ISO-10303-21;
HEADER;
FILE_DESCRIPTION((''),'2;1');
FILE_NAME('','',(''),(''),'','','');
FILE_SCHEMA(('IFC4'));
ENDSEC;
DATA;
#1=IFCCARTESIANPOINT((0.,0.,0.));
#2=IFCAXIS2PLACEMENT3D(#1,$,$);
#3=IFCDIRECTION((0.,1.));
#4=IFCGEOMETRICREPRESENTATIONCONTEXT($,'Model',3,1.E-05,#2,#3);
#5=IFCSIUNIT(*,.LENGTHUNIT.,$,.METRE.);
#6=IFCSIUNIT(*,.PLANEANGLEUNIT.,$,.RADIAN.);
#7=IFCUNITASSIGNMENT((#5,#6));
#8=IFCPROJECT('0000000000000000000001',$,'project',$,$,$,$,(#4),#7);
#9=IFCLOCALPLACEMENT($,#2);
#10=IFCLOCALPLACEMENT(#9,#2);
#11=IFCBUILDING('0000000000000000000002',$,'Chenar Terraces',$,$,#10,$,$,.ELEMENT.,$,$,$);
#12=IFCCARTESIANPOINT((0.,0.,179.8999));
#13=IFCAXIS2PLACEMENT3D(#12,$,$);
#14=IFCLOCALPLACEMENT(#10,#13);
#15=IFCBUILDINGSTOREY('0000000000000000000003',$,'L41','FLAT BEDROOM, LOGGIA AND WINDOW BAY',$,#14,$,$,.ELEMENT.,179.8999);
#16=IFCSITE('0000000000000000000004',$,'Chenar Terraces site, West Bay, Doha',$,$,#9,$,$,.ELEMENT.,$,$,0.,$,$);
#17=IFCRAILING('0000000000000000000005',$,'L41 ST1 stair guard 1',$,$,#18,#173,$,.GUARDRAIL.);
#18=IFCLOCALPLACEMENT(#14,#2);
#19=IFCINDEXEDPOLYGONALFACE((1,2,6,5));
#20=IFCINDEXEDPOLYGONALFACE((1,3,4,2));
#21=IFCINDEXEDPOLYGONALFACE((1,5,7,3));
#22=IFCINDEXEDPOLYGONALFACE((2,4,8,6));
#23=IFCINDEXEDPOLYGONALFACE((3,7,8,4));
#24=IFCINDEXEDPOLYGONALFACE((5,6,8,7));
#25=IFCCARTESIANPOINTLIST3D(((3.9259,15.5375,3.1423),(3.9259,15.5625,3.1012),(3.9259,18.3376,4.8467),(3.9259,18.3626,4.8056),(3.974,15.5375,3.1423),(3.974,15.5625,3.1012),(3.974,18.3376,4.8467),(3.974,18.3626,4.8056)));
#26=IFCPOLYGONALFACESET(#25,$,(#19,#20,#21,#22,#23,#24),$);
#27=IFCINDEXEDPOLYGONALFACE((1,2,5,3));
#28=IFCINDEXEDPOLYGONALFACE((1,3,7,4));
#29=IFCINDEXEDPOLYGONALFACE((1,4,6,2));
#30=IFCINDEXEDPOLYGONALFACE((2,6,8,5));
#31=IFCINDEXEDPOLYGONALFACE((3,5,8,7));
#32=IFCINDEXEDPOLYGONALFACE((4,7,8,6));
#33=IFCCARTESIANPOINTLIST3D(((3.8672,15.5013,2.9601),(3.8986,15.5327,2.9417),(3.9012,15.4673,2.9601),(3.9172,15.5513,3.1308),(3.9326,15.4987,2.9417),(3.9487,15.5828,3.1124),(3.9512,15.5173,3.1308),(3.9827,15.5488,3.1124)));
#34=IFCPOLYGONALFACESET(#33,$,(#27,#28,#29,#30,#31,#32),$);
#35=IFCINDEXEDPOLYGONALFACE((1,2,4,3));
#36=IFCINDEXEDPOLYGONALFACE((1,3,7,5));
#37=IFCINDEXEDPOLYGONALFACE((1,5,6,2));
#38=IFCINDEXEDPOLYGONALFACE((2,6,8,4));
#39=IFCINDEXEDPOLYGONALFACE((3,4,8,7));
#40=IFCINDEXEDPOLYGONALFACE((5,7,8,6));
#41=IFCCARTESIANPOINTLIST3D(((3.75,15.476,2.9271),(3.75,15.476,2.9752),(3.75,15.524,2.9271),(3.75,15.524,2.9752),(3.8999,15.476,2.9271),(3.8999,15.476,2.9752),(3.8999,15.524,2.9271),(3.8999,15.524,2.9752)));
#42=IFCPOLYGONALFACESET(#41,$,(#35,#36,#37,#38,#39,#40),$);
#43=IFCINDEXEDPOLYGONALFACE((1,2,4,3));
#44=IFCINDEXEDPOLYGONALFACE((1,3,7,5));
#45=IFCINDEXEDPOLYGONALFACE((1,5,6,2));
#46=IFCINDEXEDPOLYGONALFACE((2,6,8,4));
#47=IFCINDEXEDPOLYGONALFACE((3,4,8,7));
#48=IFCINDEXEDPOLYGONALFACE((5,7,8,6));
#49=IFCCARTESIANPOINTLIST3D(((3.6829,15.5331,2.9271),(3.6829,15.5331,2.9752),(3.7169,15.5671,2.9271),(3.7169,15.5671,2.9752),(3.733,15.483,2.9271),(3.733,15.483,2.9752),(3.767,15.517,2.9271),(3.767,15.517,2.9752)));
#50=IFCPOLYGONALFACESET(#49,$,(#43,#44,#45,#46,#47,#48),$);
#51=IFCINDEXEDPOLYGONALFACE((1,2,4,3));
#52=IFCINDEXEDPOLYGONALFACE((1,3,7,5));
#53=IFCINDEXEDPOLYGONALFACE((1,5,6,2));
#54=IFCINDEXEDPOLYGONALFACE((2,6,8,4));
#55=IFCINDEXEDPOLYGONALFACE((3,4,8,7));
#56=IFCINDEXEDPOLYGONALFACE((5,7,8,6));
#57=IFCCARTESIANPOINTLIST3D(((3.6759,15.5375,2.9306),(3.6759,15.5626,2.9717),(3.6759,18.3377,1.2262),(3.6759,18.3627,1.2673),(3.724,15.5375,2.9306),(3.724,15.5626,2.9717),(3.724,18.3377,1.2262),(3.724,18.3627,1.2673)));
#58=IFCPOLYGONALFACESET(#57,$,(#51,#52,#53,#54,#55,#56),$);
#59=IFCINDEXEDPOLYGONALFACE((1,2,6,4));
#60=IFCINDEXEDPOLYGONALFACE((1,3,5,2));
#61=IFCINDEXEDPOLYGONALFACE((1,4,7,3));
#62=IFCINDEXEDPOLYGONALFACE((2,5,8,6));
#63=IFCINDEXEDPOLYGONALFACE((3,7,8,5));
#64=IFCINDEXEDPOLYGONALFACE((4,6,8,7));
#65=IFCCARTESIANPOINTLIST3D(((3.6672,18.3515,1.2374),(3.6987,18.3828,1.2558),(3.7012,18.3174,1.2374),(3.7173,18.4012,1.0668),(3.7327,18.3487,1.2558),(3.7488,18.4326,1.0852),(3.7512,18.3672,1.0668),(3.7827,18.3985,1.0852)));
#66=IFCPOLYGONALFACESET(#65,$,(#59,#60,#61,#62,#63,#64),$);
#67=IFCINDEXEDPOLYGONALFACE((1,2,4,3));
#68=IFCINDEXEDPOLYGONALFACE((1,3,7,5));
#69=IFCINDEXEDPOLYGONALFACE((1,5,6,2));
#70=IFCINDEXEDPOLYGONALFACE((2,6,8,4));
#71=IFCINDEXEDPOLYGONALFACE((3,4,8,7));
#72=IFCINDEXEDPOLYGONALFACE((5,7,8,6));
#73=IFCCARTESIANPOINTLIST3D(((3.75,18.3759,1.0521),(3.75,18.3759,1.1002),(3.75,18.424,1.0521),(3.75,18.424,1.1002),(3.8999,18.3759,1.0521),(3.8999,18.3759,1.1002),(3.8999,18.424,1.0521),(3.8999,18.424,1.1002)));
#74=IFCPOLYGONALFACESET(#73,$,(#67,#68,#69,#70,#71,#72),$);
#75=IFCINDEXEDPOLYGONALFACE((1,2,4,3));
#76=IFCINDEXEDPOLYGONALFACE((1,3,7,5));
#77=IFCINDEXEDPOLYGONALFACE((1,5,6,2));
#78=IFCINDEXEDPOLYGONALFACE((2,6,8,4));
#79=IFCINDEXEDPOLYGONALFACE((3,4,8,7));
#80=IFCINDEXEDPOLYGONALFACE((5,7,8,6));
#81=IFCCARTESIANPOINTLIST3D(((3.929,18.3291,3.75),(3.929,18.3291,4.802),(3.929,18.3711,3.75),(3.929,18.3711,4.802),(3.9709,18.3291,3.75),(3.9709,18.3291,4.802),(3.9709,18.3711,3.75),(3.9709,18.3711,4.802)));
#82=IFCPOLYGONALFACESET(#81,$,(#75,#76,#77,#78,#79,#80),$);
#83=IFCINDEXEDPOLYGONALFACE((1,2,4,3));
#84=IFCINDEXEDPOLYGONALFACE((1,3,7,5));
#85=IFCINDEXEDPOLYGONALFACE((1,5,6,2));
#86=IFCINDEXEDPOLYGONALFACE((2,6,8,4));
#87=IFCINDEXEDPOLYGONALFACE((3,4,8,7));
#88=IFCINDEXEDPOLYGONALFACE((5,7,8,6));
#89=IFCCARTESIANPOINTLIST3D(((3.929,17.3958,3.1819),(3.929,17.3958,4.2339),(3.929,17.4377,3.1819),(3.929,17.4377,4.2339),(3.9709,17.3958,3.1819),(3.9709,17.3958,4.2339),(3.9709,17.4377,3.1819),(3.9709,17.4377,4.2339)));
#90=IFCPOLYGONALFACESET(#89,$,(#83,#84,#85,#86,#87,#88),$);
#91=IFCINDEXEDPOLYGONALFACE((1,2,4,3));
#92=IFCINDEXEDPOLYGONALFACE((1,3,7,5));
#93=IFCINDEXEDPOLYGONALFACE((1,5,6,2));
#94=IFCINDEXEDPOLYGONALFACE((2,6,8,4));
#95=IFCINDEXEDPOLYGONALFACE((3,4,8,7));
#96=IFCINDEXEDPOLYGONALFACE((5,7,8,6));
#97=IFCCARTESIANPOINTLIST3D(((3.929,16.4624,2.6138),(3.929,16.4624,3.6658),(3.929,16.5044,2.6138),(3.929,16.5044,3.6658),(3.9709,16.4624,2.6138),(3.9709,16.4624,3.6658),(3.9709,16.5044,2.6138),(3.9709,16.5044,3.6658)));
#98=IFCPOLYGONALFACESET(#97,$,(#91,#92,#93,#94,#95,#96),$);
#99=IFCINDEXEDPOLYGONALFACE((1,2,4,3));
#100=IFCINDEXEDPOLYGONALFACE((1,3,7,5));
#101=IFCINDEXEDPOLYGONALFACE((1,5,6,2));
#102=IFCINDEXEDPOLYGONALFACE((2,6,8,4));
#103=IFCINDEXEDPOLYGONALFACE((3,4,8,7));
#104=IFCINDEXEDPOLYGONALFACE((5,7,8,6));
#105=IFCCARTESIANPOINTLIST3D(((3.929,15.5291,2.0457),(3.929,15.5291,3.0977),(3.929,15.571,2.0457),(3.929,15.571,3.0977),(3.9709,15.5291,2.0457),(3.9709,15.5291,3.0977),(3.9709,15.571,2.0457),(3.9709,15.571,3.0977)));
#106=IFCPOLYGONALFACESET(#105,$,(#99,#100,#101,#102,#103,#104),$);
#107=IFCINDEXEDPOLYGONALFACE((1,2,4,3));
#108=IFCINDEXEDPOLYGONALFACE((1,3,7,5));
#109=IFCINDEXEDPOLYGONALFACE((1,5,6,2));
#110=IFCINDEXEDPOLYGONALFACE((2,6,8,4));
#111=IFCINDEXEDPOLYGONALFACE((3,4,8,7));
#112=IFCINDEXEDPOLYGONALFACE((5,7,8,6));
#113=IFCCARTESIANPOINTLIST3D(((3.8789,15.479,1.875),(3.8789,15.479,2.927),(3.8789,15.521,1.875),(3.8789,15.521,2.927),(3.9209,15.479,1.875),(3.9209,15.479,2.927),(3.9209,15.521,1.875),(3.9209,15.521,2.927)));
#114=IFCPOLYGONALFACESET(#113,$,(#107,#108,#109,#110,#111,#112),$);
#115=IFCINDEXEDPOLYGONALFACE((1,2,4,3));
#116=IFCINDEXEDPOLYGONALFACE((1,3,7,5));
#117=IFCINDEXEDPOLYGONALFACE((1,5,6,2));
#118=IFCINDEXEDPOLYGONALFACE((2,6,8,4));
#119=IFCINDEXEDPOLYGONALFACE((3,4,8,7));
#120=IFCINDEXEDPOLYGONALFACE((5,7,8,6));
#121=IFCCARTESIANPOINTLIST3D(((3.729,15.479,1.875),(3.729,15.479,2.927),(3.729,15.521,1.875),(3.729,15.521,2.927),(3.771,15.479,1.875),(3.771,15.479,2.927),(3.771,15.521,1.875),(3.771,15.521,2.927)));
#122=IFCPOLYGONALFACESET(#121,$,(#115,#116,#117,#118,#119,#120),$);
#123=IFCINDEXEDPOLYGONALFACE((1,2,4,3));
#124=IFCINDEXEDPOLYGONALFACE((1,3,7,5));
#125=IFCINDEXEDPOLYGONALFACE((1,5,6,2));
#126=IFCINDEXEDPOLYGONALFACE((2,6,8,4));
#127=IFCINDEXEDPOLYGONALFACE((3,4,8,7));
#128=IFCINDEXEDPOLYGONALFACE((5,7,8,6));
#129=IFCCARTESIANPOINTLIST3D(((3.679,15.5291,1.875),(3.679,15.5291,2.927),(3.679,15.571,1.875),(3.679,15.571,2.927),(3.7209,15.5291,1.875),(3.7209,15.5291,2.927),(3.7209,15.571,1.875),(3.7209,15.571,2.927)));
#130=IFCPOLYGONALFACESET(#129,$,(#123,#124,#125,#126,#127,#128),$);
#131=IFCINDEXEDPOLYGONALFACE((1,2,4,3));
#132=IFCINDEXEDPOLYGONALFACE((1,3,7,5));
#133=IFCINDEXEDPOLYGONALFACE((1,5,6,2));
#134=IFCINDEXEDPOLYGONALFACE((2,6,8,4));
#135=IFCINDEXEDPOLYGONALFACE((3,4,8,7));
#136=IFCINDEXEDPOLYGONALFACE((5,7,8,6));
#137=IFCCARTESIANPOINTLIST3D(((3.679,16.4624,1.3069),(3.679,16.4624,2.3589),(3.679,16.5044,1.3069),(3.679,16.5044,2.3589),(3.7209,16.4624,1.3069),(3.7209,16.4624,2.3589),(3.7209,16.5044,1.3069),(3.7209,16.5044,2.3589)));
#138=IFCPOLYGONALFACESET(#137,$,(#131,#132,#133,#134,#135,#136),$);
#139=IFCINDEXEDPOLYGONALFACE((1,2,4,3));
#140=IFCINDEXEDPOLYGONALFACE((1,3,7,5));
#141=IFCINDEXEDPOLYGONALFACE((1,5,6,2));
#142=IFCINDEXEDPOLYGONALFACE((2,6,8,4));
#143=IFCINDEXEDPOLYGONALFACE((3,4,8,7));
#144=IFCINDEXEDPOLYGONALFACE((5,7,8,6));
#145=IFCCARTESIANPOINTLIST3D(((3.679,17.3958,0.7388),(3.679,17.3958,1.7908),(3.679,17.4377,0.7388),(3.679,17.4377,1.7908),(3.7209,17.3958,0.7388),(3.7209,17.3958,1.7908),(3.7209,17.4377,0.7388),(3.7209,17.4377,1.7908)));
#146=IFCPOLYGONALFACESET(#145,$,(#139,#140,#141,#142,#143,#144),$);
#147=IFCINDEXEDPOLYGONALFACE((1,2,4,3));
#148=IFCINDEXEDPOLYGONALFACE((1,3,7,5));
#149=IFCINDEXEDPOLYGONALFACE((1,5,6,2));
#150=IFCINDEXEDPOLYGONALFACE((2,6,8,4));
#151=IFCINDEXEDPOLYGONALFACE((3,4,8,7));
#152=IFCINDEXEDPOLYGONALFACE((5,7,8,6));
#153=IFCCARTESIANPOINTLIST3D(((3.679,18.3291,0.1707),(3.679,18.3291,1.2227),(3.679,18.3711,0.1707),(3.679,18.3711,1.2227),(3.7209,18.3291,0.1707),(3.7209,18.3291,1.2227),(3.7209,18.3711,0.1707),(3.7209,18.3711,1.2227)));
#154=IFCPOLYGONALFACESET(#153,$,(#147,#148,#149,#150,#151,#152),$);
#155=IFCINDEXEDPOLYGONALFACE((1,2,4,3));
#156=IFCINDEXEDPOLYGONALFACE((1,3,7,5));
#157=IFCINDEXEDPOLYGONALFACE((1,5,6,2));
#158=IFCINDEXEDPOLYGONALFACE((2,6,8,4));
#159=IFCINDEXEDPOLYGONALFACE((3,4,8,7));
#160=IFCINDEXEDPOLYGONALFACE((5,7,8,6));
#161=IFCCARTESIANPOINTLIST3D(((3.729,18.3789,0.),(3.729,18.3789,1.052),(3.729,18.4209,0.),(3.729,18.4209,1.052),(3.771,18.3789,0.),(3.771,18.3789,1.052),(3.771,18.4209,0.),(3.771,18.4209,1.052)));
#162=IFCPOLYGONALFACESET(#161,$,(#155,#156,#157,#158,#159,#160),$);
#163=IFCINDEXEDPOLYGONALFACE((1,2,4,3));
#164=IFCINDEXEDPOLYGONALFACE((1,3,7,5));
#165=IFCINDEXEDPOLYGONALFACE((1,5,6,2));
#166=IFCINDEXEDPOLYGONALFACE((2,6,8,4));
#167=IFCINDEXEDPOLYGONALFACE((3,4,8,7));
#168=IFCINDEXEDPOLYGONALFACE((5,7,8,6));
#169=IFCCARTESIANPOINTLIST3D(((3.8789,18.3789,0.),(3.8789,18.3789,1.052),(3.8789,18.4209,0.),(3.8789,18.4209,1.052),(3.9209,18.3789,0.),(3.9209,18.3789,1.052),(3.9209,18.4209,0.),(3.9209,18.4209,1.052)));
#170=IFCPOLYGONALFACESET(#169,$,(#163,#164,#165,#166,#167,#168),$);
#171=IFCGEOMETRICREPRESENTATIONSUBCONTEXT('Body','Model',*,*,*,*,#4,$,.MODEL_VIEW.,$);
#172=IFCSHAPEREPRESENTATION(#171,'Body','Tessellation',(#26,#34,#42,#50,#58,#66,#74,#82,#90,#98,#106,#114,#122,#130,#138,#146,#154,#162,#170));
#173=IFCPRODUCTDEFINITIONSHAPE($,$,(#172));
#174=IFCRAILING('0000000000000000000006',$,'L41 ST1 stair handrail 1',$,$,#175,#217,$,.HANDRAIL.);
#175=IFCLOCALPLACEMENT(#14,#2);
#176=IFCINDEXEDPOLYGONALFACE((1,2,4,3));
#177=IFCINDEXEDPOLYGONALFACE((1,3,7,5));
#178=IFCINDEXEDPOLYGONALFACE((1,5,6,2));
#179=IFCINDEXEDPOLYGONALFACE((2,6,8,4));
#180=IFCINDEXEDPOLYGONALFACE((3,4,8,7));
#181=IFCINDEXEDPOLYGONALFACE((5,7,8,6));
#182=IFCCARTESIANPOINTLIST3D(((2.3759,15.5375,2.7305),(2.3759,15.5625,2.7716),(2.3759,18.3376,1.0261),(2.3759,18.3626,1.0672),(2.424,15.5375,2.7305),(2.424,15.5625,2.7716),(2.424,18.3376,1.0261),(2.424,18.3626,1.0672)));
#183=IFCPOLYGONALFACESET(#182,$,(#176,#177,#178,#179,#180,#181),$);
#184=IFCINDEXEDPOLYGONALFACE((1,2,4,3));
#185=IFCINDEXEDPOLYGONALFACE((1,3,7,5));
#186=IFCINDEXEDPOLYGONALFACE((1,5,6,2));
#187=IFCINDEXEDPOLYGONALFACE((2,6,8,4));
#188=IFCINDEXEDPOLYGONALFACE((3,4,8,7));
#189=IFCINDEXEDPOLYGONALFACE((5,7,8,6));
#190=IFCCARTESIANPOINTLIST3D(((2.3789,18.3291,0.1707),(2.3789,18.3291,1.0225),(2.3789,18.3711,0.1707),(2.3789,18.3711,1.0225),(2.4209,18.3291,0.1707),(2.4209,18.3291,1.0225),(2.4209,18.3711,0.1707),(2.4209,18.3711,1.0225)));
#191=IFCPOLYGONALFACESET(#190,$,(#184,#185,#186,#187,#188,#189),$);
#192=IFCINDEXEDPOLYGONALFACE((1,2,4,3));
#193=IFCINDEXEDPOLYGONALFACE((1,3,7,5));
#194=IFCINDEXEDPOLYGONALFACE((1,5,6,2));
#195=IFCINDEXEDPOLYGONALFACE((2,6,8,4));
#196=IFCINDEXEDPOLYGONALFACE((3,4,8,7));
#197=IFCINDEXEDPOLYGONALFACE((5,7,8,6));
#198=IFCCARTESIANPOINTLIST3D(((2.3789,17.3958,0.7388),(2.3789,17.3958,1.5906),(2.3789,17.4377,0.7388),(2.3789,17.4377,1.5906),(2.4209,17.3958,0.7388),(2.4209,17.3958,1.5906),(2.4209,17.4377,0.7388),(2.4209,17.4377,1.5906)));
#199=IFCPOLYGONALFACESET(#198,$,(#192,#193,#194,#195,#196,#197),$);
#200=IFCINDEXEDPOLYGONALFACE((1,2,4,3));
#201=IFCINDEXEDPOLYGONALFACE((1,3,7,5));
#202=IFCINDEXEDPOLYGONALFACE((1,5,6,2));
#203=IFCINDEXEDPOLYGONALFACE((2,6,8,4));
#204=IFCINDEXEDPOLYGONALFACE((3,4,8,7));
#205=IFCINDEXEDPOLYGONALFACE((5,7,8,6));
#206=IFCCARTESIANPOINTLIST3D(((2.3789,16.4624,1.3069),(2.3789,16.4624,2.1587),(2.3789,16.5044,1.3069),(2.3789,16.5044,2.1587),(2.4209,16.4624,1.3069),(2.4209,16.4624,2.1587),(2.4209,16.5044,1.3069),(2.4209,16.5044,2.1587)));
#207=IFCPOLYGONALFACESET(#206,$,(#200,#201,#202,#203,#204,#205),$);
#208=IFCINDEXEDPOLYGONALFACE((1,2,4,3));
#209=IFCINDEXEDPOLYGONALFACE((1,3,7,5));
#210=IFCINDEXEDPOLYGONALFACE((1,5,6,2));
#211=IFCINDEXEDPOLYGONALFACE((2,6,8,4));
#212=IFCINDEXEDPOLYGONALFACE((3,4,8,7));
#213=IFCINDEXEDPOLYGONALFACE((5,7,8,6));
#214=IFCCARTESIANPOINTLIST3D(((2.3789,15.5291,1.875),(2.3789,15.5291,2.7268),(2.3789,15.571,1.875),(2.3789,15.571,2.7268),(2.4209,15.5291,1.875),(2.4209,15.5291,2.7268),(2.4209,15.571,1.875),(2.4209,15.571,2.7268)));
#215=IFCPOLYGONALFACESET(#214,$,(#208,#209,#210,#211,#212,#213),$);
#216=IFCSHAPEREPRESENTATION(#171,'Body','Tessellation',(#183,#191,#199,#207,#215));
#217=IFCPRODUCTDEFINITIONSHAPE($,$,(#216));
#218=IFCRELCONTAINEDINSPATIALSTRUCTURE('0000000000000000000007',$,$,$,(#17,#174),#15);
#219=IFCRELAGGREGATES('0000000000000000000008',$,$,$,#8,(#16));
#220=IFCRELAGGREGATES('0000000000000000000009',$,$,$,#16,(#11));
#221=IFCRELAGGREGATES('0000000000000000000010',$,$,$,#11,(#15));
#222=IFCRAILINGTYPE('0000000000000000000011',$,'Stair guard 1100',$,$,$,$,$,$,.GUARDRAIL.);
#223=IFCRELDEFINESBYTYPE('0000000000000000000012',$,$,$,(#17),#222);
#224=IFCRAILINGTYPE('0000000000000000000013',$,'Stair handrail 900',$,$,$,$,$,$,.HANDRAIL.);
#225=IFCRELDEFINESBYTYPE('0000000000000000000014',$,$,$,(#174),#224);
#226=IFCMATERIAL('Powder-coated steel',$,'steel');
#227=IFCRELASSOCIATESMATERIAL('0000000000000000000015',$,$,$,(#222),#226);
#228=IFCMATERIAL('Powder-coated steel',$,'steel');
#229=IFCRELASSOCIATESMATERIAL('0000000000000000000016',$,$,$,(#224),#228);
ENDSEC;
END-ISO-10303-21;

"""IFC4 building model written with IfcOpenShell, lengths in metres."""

from ifc_helpers import new_model, si_unit, direction, frame, origin, origin_2d, place, context, subcontext, project, spatial, rectangle, extrude, material, type_object, element, save


model = new_model("IFC4")

# Units and contexts
model_context = context("Model", 3, precision=1e-05, world=origin(), true_north=direction((0.0, 1.0)))
body_context = subcontext(model_context, "Body", "Model", "MODEL_VIEW")
ifc_project = project(units=[si_unit("LENGTHUNIT", "METRE"), si_unit("PLANEANGLEUNIT", "RADIAN")], contexts=[model_context])

# Site, building, storey
site_placement = place(None, origin())
site = spatial("IfcSite", under=ifc_project, at=site_placement, Name="Chenar Terraces site, West Bay, Doha", CompositionType="ELEMENT", RefElevation=0.0)
building_placement = place(site_placement, origin())
building = spatial("IfcBuilding", under=site, at=building_placement, Name="Chenar Terraces", CompositionType="ELEMENT")
storey_placement = place(building_placement, frame((0.0, 0.0, 179.8999)))
storey = spatial("IfcBuildingStorey", under=building, at=storey_placement, Name="L41", Description="FLAT BEDROOM, LOGGIA AND WINDOW BAY", CompositionType="ELEMENT", Elevation=179.8999)

# Railings
ifc_material_1 = material(Name="Powder-coated steel", Category="steel")
railing_type_1 = type_object("IfcRailingType", Name="Stair guard 1100", PredefinedType="GUARDRAIL", material=ifc_material_1)
railing_1_placement = place(storey_placement, frame((3.95, 18.3501, 3.75)))
element("IfcRailing", 1, at=railing_1_placement, inside=storey, type_object=railing_type_1, Name="L41 ST1 stair guard 1", PredefinedType="GUARDRAIL", context=body_context, shape_type="SweptSolid", body=[
    extrude(rectangle(XDim=0.0481, YDim=0.0481, at=origin_2d()), frame((0.0, 0.0, 1.0762), z_axis=(0.0, -0.854203, -0.51994), x_axis=(1.0, 0.0, 0.0)), (0.0, 0.0, 1.0), 3.2781),
    extrude(rectangle(XDim=0.0481, YDim=0.0481, at=origin_2d()), frame((0.0, -2.8, -0.6284), z_axis=(-0.2709, -0.2709, -0.923703), x_axis=(0.707107, -0.707107, 0.0)), (0.0, 0.0, 1.0), 0.1848),
    extrude(rectangle(XDim=0.0481, YDim=0.0481, at=origin_2d()), frame((-0.05, -2.8501, -0.7988), z_axis=(-1.0, 0.0, 0.0), x_axis=(0.0, -1.0, 0.0)), (0.0, 0.0, 1.0), 0.1499),
    extrude(rectangle(XDim=0.0481, YDim=0.0481, at=origin_2d()), frame((-0.2, -2.8501, -0.7988), z_axis=(-0.707107, 0.707107, 0.0), x_axis=(-0.707107, -0.707107, 0.0)), (0.0, 0.0, 1.0), 0.0708),
    extrude(rectangle(XDim=0.0481, YDim=0.0481, at=origin_2d()), frame((-0.25, -2.8, -0.7988), z_axis=(0.0, 0.854203, -0.51994), x_axis=(-1.0, 0.0, 0.0)), (0.0, 0.0, 1.0), 3.2781),
    extrude(rectangle(XDim=0.0481, YDim=0.0481, at=origin_2d()), frame((-0.25, 0.0, -2.5034), z_axis=(0.270997, 0.269675, -0.924033), x_axis=(-0.705376, 0.708834, 0.0)), (0.0, 0.0, 1.0), 0.1846),
    extrude(rectangle(XDim=0.0481, YDim=0.0481, at=origin_2d()), frame((-0.2, 0.0498, -2.6738), z_axis=(1.0, 0.0, 0.0), x_axis=(0.0, 1.0, 0.0)), (0.0, 0.0, 1.0), 0.1499),
    extrude(rectangle(XDim=0.042, YDim=0.042, at=origin_2d()), origin(), (0.0, 0.0, 1.0), 1.052),
    extrude(rectangle(XDim=0.042, YDim=0.042, at=origin_2d()), frame((0.0, -0.9333, -0.5681)), (0.0, 0.0, 1.0), 1.052),
    extrude(rectangle(XDim=0.042, YDim=0.042, at=origin_2d()), frame((0.0, -1.8667, -1.1362)), (0.0, 0.0, 1.0), 1.052),
    extrude(rectangle(XDim=0.042, YDim=0.042, at=origin_2d()), frame((0.0, -2.8, -1.7043)), (0.0, 0.0, 1.0), 1.052),
    extrude(rectangle(XDim=0.042, YDim=0.042, at=origin_2d()), frame((-0.05, -2.8501, -1.875)), (0.0, 0.0, 1.0), 1.052),
    extrude(rectangle(XDim=0.042, YDim=0.042, at=origin_2d()), frame((-0.2, -2.8501, -1.875)), (0.0, 0.0, 1.0), 1.052),
    extrude(rectangle(XDim=0.042, YDim=0.042, at=origin_2d()), frame((-0.25, -2.8, -1.875)), (0.0, 0.0, 1.0), 1.052),
    extrude(rectangle(XDim=0.042, YDim=0.042, at=origin_2d()), frame((-0.25, -1.8667, -2.4431)), (0.0, 0.0, 1.0), 1.052),
    extrude(rectangle(XDim=0.042, YDim=0.042, at=origin_2d()), frame((-0.25, -0.9333, -3.0112)), (0.0, 0.0, 1.0), 1.052),
    extrude(rectangle(XDim=0.042, YDim=0.042, at=origin_2d()), frame((-0.25, 0.0, -3.5793)), (0.0, 0.0, 1.0), 1.052),
    extrude(rectangle(XDim=0.042, YDim=0.042, at=origin_2d()), frame((-0.2, 0.0498, -3.75)), (0.0, 0.0, 1.0), 1.052),
    extrude(rectangle(XDim=0.042, YDim=0.042, at=origin_2d()), frame((-0.05, 0.0498, -3.75)), (0.0, 0.0, 1.0), 1.052),
])
ifc_material_2 = material(Name="Powder-coated steel", Category="steel")
railing_type_2 = type_object("IfcRailingType", Name="Stair handrail 900", PredefinedType="HANDRAIL", material=ifc_material_2)
railing_2_placement = place(storey_placement, frame((2.3999, 18.3501, 0.1707)))
element("IfcRailing", 2, at=railing_2_placement, inside=storey, type_object=railing_type_2, Name="L41 ST1 stair handrail 1", PredefinedType="HANDRAIL", context=body_context, shape_type="SweptSolid", body=[
    extrude(rectangle(XDim=0.0481, YDim=0.0481, at=origin_2d()), frame((0.0, 0.0, 0.876), z_axis=(0.0, -0.854203, 0.51994), x_axis=(1.0, 0.0, 0.0)), (0.0, 0.0, 1.0), 3.2781),
    extrude(rectangle(XDim=0.042, YDim=0.042, at=origin_2d()), origin(), (0.0, 0.0, 1.0), 0.8518),
    extrude(rectangle(XDim=0.042, YDim=0.042, at=origin_2d()), frame((0.0, -0.9333, 0.5681)), (0.0, 0.0, 1.0), 0.8518),
    extrude(rectangle(XDim=0.042, YDim=0.042, at=origin_2d()), frame((0.0, -1.8667, 1.1362)), (0.0, 0.0, 1.0), 0.8518),
    extrude(rectangle(XDim=0.042, YDim=0.042, at=origin_2d()), frame((0.0, -2.8, 1.7043)), (0.0, 0.0, 1.0), 0.8518),
])

save(model, "model.ifc")
